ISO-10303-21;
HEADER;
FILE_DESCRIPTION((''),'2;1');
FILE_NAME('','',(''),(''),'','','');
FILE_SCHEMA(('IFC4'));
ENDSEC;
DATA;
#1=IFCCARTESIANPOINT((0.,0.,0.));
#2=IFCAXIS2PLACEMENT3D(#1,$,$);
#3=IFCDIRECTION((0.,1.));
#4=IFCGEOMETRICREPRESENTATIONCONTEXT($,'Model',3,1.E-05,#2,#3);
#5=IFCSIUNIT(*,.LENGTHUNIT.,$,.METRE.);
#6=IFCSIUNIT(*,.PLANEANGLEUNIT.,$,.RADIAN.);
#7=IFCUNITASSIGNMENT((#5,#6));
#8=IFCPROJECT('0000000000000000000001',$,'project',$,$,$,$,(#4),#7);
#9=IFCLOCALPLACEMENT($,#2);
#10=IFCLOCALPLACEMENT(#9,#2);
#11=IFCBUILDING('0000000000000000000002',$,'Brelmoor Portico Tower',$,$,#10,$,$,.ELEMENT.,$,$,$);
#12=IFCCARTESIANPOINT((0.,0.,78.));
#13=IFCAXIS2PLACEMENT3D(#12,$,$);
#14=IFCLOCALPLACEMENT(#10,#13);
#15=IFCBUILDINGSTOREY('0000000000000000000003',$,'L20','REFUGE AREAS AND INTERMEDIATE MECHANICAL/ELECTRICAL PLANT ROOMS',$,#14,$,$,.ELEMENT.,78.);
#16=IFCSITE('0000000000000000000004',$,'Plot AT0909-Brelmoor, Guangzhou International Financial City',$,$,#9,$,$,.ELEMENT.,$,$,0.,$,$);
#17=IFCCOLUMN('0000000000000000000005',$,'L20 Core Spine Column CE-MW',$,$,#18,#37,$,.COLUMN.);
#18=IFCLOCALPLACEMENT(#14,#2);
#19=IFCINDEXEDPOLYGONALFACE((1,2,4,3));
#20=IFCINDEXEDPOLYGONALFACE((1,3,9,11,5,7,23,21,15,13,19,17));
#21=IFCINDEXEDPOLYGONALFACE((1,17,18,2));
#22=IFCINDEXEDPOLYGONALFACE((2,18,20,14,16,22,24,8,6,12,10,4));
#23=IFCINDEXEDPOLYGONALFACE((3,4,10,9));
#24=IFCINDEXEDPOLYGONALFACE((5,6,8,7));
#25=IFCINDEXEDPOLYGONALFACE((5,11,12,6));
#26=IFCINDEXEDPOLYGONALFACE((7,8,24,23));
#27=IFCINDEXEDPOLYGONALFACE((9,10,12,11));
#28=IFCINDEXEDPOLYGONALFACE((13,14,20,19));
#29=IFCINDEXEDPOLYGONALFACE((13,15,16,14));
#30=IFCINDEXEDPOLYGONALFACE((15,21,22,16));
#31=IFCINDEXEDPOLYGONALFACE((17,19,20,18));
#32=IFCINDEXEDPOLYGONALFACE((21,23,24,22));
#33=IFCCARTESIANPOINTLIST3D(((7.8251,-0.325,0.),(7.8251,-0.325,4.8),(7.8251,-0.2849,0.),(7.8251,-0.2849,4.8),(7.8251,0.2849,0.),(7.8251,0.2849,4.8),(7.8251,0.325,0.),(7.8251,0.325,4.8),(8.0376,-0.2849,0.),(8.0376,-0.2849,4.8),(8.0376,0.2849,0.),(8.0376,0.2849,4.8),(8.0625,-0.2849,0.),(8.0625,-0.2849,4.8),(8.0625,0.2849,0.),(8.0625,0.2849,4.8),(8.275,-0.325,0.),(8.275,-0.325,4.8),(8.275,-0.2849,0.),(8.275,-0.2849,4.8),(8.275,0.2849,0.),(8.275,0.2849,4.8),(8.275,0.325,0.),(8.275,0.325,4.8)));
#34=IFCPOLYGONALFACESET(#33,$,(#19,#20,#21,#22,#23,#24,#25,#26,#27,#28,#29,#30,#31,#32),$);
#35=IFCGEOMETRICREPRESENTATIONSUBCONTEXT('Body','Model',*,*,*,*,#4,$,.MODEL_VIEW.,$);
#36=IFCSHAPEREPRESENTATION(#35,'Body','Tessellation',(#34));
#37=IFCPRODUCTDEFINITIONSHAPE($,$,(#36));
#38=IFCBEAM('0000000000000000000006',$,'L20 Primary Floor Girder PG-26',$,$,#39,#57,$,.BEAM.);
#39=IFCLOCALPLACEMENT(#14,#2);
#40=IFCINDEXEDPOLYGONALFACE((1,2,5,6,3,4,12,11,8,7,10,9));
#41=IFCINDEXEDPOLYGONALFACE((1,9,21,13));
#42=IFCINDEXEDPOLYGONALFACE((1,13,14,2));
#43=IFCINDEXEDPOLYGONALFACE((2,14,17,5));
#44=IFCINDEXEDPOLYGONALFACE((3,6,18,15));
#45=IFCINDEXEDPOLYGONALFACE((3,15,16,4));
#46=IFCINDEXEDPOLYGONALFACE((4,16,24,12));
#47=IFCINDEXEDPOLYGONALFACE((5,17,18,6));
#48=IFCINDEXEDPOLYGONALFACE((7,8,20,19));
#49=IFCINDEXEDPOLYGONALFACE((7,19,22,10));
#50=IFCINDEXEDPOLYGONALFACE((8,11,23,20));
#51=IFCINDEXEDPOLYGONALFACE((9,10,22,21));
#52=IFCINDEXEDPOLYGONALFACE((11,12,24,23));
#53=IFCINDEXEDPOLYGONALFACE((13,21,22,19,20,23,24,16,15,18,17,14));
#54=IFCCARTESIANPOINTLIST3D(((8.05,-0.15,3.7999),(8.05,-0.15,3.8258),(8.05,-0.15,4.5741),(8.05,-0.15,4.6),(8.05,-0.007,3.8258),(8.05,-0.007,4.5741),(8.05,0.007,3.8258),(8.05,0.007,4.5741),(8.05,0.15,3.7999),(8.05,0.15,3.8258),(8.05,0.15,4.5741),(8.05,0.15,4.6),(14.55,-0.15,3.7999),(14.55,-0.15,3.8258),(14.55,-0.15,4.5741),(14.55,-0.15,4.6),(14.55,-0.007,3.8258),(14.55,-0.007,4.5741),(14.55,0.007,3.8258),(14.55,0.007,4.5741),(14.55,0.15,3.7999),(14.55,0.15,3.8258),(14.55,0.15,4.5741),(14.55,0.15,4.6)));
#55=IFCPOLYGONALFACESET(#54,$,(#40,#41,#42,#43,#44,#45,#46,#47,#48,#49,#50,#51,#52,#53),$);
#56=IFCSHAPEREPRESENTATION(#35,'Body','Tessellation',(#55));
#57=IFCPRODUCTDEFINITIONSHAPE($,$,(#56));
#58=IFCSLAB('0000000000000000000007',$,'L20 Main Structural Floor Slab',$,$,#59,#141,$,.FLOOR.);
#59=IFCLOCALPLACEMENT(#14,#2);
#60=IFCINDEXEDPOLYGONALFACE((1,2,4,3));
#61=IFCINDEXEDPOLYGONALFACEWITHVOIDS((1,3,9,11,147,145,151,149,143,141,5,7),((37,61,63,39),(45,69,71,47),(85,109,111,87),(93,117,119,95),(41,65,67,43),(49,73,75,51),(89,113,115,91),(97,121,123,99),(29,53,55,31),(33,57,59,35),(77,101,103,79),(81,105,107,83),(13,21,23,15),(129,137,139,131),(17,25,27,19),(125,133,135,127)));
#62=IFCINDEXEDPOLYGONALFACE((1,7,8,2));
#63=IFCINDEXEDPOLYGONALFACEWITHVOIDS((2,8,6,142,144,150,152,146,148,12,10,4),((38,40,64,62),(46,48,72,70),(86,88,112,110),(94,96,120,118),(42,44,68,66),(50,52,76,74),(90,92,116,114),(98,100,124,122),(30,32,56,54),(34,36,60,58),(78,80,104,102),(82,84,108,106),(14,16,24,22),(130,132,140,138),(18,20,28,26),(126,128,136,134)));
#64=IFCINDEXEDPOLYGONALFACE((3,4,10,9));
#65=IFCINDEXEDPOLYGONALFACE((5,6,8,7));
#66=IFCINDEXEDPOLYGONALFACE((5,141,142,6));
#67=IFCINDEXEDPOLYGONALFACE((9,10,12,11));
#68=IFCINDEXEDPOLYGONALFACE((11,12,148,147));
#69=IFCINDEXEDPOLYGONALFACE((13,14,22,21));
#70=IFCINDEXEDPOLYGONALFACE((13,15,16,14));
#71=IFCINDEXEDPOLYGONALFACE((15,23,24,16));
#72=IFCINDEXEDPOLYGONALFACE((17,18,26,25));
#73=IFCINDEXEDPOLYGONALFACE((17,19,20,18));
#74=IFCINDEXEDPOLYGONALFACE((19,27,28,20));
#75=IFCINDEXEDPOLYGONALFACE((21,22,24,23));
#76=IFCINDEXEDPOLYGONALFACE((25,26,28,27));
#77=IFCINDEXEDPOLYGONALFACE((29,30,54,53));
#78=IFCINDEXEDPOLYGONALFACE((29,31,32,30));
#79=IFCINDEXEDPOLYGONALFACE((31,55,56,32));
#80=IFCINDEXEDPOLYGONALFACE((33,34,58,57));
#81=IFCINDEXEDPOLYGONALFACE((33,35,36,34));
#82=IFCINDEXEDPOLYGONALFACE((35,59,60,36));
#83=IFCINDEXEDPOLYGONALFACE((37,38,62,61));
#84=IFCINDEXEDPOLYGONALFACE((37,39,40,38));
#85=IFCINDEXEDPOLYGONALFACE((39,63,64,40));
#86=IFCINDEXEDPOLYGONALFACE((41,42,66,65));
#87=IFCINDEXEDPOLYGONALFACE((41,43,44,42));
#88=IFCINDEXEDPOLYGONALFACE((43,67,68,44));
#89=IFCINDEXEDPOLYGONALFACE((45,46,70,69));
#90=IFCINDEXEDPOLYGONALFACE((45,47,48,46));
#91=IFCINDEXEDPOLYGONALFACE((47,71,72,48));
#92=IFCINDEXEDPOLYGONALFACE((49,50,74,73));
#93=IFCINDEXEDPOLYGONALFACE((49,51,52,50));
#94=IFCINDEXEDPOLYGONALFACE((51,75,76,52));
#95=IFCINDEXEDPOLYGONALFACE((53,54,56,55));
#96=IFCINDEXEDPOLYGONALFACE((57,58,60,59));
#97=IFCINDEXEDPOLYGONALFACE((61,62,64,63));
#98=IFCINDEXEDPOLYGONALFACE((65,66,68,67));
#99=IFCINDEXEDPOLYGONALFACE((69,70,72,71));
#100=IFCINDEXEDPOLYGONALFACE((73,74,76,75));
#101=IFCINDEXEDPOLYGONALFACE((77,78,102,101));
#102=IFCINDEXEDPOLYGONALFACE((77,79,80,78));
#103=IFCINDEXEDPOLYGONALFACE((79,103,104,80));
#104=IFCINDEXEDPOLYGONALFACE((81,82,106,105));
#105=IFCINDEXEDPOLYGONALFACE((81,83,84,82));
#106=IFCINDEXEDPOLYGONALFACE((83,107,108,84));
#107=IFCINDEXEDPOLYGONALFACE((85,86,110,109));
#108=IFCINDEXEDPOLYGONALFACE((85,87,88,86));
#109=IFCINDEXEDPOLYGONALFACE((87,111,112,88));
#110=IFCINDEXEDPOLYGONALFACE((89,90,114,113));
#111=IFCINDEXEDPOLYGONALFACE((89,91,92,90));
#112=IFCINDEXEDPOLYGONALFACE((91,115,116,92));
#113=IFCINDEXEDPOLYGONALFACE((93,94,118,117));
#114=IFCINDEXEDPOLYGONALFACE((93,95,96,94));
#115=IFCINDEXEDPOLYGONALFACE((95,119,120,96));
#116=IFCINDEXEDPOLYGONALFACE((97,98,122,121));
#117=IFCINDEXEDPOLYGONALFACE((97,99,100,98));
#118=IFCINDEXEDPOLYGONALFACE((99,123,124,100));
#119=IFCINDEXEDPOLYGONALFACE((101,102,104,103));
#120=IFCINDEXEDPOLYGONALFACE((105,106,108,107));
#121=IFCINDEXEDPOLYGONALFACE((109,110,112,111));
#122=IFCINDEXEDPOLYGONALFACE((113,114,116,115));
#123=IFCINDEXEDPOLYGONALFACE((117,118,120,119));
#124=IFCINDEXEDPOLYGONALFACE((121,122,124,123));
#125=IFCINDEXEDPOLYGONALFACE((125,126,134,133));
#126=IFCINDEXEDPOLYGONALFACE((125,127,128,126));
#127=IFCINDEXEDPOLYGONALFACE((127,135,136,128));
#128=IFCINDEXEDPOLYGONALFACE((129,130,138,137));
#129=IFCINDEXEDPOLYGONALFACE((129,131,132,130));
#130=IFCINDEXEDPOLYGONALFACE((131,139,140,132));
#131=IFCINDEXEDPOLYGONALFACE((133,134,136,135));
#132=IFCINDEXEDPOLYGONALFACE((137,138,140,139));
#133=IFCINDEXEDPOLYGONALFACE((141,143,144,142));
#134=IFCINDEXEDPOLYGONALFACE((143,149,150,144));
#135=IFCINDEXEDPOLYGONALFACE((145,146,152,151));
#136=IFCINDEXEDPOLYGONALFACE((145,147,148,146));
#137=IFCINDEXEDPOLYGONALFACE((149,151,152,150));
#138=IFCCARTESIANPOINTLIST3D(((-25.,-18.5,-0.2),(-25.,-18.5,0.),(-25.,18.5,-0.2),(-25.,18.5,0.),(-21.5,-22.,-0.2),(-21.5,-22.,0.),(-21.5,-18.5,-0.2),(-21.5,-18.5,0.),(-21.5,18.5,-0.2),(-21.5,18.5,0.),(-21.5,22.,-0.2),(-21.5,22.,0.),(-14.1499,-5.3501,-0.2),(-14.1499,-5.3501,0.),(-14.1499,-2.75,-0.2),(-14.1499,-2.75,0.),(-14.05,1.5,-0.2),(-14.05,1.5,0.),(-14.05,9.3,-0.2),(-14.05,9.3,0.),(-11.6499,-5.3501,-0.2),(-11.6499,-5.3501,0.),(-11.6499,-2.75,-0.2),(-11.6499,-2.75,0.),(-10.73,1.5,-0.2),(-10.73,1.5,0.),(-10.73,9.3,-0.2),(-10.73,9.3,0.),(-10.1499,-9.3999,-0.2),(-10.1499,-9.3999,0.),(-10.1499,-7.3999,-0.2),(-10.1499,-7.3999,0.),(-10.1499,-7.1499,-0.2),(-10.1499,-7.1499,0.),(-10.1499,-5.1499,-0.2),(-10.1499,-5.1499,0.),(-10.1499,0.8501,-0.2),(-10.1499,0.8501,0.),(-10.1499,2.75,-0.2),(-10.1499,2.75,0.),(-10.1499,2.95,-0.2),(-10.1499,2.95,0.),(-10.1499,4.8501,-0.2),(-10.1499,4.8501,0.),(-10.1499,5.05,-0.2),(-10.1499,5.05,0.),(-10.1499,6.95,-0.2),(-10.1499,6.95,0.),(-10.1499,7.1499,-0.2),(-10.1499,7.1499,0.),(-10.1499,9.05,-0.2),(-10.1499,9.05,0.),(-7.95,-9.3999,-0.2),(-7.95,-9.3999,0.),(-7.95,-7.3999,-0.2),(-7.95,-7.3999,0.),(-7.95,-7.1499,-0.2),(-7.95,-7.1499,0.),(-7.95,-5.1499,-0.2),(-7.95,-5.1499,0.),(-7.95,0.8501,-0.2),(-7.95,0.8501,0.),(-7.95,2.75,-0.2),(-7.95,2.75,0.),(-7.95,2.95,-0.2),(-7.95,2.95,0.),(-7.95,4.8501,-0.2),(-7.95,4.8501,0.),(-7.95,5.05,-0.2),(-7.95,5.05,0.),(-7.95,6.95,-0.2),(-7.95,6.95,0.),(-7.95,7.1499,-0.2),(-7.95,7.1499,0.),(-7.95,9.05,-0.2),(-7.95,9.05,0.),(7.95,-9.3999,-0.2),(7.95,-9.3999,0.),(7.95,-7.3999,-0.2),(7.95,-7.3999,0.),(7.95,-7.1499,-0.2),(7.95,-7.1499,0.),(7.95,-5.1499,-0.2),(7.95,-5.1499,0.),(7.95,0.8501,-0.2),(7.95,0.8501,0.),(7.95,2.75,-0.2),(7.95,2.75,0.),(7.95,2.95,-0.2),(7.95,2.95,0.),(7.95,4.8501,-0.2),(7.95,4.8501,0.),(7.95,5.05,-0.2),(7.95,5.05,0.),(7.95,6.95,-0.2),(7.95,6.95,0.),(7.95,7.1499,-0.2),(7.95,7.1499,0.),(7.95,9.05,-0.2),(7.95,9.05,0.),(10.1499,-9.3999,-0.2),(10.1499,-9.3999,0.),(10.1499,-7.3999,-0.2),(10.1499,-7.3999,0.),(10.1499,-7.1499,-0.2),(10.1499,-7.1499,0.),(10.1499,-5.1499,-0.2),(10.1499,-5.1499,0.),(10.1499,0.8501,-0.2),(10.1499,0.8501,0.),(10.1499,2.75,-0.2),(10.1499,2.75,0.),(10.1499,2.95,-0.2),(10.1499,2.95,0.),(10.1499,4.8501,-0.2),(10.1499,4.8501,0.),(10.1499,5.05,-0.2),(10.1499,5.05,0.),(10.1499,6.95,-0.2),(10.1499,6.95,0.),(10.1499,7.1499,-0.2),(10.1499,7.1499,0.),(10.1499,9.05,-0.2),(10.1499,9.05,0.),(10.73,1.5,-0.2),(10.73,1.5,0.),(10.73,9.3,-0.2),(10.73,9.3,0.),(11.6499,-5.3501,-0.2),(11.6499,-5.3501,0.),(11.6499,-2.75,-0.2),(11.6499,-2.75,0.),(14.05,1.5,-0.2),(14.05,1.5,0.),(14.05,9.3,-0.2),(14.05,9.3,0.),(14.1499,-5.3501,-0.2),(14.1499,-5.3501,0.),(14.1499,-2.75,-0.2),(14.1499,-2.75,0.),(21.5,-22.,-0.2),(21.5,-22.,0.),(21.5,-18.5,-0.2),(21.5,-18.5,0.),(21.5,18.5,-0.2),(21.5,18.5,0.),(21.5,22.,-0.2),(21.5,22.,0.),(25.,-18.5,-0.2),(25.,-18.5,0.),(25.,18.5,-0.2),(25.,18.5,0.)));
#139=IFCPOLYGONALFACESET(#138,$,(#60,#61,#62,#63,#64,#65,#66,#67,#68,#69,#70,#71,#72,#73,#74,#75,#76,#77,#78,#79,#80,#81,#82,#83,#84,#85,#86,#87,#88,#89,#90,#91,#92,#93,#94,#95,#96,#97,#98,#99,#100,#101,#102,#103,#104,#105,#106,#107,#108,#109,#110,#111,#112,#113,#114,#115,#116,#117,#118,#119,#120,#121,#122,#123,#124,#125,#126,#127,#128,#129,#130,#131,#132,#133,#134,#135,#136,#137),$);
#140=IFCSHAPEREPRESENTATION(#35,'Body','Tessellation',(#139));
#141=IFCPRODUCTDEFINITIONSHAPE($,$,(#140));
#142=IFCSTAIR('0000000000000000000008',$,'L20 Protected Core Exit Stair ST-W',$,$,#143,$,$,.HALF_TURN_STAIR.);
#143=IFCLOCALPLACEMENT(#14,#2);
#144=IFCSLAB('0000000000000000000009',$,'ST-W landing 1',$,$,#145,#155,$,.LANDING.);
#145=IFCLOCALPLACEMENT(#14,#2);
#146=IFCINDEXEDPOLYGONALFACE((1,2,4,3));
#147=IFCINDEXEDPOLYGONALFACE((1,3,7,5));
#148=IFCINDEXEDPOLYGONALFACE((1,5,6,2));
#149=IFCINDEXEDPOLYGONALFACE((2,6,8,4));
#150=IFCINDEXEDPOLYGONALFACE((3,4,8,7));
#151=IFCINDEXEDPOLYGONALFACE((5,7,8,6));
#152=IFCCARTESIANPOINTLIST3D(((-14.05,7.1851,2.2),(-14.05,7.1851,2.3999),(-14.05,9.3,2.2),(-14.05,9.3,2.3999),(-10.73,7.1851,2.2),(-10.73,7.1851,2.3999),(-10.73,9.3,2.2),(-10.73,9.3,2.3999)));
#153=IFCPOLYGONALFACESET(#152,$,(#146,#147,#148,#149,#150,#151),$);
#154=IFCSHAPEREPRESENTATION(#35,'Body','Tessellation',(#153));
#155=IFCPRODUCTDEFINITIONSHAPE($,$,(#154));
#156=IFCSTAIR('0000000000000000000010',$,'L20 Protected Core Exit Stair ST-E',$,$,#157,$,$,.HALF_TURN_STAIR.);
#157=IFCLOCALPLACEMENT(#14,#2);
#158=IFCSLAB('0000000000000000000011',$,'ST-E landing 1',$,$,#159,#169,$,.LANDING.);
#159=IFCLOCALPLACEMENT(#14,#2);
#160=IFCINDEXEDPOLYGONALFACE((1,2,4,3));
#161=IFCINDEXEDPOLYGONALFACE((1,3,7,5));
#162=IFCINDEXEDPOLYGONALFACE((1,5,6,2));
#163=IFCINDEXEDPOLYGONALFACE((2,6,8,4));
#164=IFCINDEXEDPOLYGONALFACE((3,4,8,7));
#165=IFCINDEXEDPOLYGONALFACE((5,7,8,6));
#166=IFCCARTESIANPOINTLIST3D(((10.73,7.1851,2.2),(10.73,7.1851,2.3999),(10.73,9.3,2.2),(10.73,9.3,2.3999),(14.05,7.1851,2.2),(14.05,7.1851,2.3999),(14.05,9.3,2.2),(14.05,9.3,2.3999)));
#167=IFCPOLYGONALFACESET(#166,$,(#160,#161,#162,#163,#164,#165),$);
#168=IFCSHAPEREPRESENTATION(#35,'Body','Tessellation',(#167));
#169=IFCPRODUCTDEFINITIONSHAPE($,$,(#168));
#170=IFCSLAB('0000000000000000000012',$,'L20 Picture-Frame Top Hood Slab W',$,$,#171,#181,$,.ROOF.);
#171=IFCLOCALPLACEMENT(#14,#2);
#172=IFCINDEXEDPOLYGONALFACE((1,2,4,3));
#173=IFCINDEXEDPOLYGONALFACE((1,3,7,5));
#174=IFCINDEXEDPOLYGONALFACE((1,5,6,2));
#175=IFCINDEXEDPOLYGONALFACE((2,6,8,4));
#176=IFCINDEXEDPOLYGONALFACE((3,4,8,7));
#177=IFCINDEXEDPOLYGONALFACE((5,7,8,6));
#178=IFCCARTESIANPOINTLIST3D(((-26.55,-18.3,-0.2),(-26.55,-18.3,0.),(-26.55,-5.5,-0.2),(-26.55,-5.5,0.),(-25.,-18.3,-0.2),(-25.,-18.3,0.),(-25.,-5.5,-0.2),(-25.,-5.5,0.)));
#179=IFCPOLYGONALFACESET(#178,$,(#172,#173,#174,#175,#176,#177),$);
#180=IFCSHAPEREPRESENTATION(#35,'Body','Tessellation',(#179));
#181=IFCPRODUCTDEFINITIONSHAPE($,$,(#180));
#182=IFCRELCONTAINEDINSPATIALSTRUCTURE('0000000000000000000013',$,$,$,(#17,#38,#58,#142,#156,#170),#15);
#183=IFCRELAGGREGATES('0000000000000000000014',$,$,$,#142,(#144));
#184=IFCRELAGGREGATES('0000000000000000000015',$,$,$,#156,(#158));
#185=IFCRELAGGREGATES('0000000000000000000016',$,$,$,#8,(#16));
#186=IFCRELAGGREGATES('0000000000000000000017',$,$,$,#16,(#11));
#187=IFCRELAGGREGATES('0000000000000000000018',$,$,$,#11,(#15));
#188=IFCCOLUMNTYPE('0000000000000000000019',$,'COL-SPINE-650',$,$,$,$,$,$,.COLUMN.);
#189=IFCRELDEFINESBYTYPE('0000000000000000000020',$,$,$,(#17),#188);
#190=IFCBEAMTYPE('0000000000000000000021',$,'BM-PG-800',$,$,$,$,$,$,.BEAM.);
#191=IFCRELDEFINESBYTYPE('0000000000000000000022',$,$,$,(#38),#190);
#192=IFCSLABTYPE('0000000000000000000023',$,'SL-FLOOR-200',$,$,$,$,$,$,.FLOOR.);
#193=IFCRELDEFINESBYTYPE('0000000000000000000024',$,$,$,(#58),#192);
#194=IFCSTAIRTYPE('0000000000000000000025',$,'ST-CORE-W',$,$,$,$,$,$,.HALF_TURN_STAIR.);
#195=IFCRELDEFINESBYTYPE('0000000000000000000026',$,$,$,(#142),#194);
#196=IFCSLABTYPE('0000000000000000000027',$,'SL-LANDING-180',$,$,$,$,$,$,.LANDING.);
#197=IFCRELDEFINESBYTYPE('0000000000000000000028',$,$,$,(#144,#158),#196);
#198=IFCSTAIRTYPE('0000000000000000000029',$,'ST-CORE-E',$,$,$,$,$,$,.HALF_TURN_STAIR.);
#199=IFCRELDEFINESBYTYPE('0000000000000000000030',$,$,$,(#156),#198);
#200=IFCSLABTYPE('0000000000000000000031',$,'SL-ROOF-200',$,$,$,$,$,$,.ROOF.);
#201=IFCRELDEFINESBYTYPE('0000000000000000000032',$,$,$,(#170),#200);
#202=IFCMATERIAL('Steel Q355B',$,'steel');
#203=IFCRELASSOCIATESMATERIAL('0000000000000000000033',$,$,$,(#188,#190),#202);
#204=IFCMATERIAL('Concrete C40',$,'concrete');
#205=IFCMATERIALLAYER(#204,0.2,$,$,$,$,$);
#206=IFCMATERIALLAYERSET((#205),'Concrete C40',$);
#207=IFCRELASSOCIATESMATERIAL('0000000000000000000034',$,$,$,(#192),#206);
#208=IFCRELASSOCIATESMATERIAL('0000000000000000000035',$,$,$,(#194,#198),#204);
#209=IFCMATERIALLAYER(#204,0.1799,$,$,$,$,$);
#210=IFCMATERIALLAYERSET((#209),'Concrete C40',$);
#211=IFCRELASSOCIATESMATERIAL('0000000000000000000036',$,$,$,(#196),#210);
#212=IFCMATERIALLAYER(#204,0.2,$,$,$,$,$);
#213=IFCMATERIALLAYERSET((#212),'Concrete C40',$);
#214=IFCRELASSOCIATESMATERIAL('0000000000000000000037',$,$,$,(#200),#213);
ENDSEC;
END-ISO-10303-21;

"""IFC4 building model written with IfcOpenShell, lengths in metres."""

from ifc_helpers import new_model, si_unit, direction, frame, origin, origin_2d, place, context, subcontext, project, spatial, polyline, i_section, outline, extrude, material, layer, layer_set, material_profile, profile_set, type_object, element, aggregate, save


model = new_model("IFC4")

# Units and contexts
model_context = context("Model", 3, precision=1e-05, world=origin(), true_north=direction((0.0, 1.0)))
body_context = subcontext(model_context, "Body", "Model", "MODEL_VIEW")
ifc_project = project(units=[si_unit("LENGTHUNIT", "METRE"), si_unit("PLANEANGLEUNIT", "RADIAN")], contexts=[model_context])

# Site, building, storey
site_placement = place(None, origin())
site = spatial("IfcSite", under=ifc_project, at=site_placement, Name="Plot AT0909-Brelmoor, Guangzhou International Financial City", CompositionType="ELEMENT", RefElevation=0.0)
building_placement = place(site_placement, origin())
building = spatial("IfcBuilding", under=site, at=building_placement, Name="Brelmoor Portico Tower", CompositionType="ELEMENT")
storey_placement = place(building_placement, frame((0.0, 0.0, 78.0)))
storey = spatial("IfcBuildingStorey", under=building, at=storey_placement, Name="L20", Description="REFUGE AREAS AND INTERMEDIATE MECHANICAL/ELECTRICAL PLANT ROOMS", CompositionType="ELEMENT", Elevation=78.0)

# Column
ifc_material_1 = material(Name="Steel Q355B", Category="steel")
ifc_material_profile_1 = material_profile(ifc_material_1, i_section(OverallWidth=0.45, OverallDepth=0.6499, WebThickness=0.0249, FlangeThickness=0.04, at=origin_2d()), Name="HW 650x450x25x40")
ifc_profile_set_1 = profile_set([ifc_material_profile_1], Name="Steel Q355B")
column_type = type_object("IfcColumnType", Name="COL-SPINE-650", PredefinedType="COLUMN", material=ifc_profile_set_1)
column_placement = place(storey_placement, frame((8.05, 0.0, 0.0), z_axis=(0.0, 0.0, 1.0), x_axis=(1.0, 0.0, 0.0)))
element("IfcColumn", 1, at=column_placement, inside=storey, type_object=column_type, Name="L20 Core Spine Column CE-MW", PredefinedType="COLUMN", context=body_context, shape_type="SweptSolid", body=[
    extrude(i_section(OverallWidth=0.45, OverallDepth=0.6499, WebThickness=0.0249, FlangeThickness=0.04, at=origin_2d()), origin(), (0.0, 0.0, 1.0), 4.8),
])

# Beam
ifc_material_profile_2 = material_profile(ifc_material_1, i_section(OverallWidth=0.3, OverallDepth=0.8, WebThickness=0.0139, FlangeThickness=0.0259, at=origin_2d()), Name="HN 800x300x14x26")
ifc_profile_set_2 = profile_set([ifc_material_profile_2], Name="Steel Q355B")
beam_type = type_object("IfcBeamType", Name="BM-PG-800", PredefinedType="BEAM", material=ifc_profile_set_2)
beam_placement = place(storey_placement, frame((8.05, 0.0, 4.2), z_axis=(1.0, 0.0, 0.0), x_axis=(0.0, 1.0, 0.0)))
element("IfcBeam", 2, at=beam_placement, inside=storey, type_object=beam_type, Name="L20 Primary Floor Girder PG-26", PredefinedType="BEAM", context=body_context, shape_type="SweptSolid", body=[
    extrude(i_section(OverallWidth=0.3, OverallDepth=0.8, WebThickness=0.0139, FlangeThickness=0.0259, at=origin_2d()), origin(), (0.0, 0.0, 1.0), 6.5),
])

# Slab
ifc_material_2 = material(Name="Concrete C40", Category="concrete")
ifc_layer_1 = layer(ifc_material_2, 0.2)
ifc_layer_set_1 = layer_set([ifc_layer_1], Name="Concrete C40")
slab_type_1 = type_object("IfcSlabType", Name="SL-FLOOR-200", PredefinedType="FLOOR", material=ifc_layer_set_1)
slab_1_placement = place(storey_placement, frame((0.0, 0.0, -0.2)))
element("IfcSlab", 3, at=slab_1_placement, inside=storey, type_object=slab_type_1, Name="L20 Main Structural Floor Slab", PredefinedType="FLOOR", context=body_context, shape_type="SweptSolid", body=[
    extrude(outline(polyline([(-21.5, -22.0), (21.5, -22.0), (21.5, -18.5), (25.0, -18.5), (25.0, 18.5), (21.5, 18.5), (21.5, 22.0), (-21.5, 22.0), (-21.5, 18.5), (-25.0, 18.5), (-25.0, -18.5), (-21.5, -18.5), (-21.5, -22.0)]), holes=[polyline([(-10.73, 1.5), (-10.73, 9.3), (-14.05, 9.3), (-14.05, 1.5), (-10.73, 1.5)]), polyline([(14.05, 1.5), (14.05, 9.3), (10.73, 9.3), (10.73, 1.5), (14.05, 1.5)]), polyline([(-10.1499, 0.8501), (-7.95, 0.8501), (-7.95, 2.75), (-10.1499, 2.75), (-10.1499, 0.8501)]), polyline([(-10.1499, 2.95), (-7.95, 2.95), (-7.95, 4.8501), (-10.1499, 4.8501), (-10.1499, 2.95)]), polyline([(-10.1499, 5.05), (-7.95, 5.05), (-7.95, 6.95), (-10.1499, 6.95), (-10.1499, 5.05)]), polyline([(-10.1499, 7.1499), (-7.95, 7.1499), (-7.95, 9.05), (-10.1499, 9.05), (-10.1499, 7.1499)]), polyline([(7.95, 0.8501), (10.1499, 0.8501), (10.1499, 2.75), (7.95, 2.75), (7.95, 0.8501)]), polyline([(7.95, 2.95), (10.1499, 2.95), (10.1499, 4.8501), (7.95, 4.8501), (7.95, 2.95)]), polyline([(7.95, 5.05), (10.1499, 5.05), (10.1499, 6.95), (7.95, 6.95), (7.95, 5.05)]), polyline([(7.95, 7.1499), (10.1499, 7.1499), (10.1499, 9.05), (7.95, 9.05), (7.95, 7.1499)]), polyline([(-10.1499, -9.3999), (-7.95, -9.3999), (-7.95, -7.3999), (-10.1499, -7.3999), (-10.1499, -9.3999)]), polyline([(-10.1499, -7.1499), (-7.95, -7.1499), (-7.95, -5.1499), (-10.1499, -5.1499), (-10.1499, -7.1499)]), polyline([(7.95, -9.3999), (10.1499, -9.3999), (10.1499, -7.3999), (7.95, -7.3999), (7.95, -9.3999)]), polyline([(7.95, -7.1499), (10.1499, -7.1499), (10.1499, -5.1499), (7.95, -5.1499), (7.95, -7.1499)]), polyline([(-14.1499, -5.3501), (-11.6499, -5.3501), (-11.6499, -2.75), (-14.1499, -2.75), (-14.1499, -5.3501)]), polyline([(11.6499, -5.3501), (14.1499, -5.3501), (14.1499, -2.75), (11.6499, -2.75), (11.6499, -5.3501)])]), origin(), (0.0, 0.0, 1.0), 0.2),
])

# Stairs, slabs
stair_type_1 = type_object("IfcStairType", Name="ST-CORE-W", PredefinedType="HALF_TURN_STAIR", material=ifc_material_2)
stair_1_placement = place(storey_placement, origin())
stair_1 = element("IfcStair", 4, at=stair_1_placement, inside=storey, type_object=stair_type_1, Name="L20 Protected Core Exit Stair ST-W", PredefinedType="HALF_TURN_STAIR")
ifc_layer_2 = layer(ifc_material_2, 0.1799)
ifc_layer_set_2 = layer_set([ifc_layer_2], Name="Concrete C40")
slab_type_2 = type_object("IfcSlabType", Name="SL-LANDING-180", PredefinedType="LANDING", material=ifc_layer_set_2)
slab_2_placement = place(storey_placement, frame((0.0, 0.0, 2.2)))
slab_2 = element("IfcSlab", 5, at=slab_2_placement, type_object=slab_type_2, Name="ST-W landing 1", PredefinedType="LANDING", context=body_context, shape_type="SweptSolid", body=[
    extrude(outline(polyline([(-10.73, 7.1851), (-10.73, 9.3), (-14.05, 9.3), (-14.05, 7.1851), (-10.73, 7.1851)])), origin(), (0.0, 0.0, 1.0), 0.2),
])
aggregate(stair_1, [slab_2])
stair_type_2 = type_object("IfcStairType", Name="ST-CORE-E", PredefinedType="HALF_TURN_STAIR", material=ifc_material_2)
stair_2_placement = place(storey_placement, origin())
stair_2 = element("IfcStair", 6, at=stair_2_placement, inside=storey, type_object=stair_type_2, Name="L20 Protected Core Exit Stair ST-E", PredefinedType="HALF_TURN_STAIR")
slab_3_placement = place(storey_placement, frame((0.0, 0.0, 2.2)))
slab_3 = element("IfcSlab", 7, at=slab_3_placement, type_object=slab_type_2, Name="ST-E landing 1", PredefinedType="LANDING", context=body_context, shape_type="SweptSolid", body=[
    extrude(outline(polyline([(14.05, 7.1851), (14.05, 9.3), (10.73, 9.3), (10.73, 7.1851), (14.05, 7.1851)])), origin(), (0.0, 0.0, 1.0), 0.2),
])
aggregate(stair_2, [slab_3])

# Slab
ifc_layer_3 = layer(ifc_material_2, 0.2)
ifc_layer_set_3 = layer_set([ifc_layer_3], Name="Concrete C40")
slab_type_3 = type_object("IfcSlabType", Name="SL-ROOF-200", PredefinedType="ROOF", material=ifc_layer_set_3)
slab_4_placement = place(storey_placement, frame((0.0, 0.0, -0.2)))
element("IfcSlab", 8, at=slab_4_placement, inside=storey, type_object=slab_type_3, Name="L20 Picture-Frame Top Hood Slab W", PredefinedType="ROOF", context=body_context, shape_type="SweptSolid", body=[
    extrude(outline(polyline([(-26.55, -18.3), (-25.0, -18.3), (-25.0, -5.5), (-26.55, -5.5), (-26.55, -18.3)])), origin(), (0.0, 0.0, 1.0), 0.2),
])

save(model, "model.ifc")
